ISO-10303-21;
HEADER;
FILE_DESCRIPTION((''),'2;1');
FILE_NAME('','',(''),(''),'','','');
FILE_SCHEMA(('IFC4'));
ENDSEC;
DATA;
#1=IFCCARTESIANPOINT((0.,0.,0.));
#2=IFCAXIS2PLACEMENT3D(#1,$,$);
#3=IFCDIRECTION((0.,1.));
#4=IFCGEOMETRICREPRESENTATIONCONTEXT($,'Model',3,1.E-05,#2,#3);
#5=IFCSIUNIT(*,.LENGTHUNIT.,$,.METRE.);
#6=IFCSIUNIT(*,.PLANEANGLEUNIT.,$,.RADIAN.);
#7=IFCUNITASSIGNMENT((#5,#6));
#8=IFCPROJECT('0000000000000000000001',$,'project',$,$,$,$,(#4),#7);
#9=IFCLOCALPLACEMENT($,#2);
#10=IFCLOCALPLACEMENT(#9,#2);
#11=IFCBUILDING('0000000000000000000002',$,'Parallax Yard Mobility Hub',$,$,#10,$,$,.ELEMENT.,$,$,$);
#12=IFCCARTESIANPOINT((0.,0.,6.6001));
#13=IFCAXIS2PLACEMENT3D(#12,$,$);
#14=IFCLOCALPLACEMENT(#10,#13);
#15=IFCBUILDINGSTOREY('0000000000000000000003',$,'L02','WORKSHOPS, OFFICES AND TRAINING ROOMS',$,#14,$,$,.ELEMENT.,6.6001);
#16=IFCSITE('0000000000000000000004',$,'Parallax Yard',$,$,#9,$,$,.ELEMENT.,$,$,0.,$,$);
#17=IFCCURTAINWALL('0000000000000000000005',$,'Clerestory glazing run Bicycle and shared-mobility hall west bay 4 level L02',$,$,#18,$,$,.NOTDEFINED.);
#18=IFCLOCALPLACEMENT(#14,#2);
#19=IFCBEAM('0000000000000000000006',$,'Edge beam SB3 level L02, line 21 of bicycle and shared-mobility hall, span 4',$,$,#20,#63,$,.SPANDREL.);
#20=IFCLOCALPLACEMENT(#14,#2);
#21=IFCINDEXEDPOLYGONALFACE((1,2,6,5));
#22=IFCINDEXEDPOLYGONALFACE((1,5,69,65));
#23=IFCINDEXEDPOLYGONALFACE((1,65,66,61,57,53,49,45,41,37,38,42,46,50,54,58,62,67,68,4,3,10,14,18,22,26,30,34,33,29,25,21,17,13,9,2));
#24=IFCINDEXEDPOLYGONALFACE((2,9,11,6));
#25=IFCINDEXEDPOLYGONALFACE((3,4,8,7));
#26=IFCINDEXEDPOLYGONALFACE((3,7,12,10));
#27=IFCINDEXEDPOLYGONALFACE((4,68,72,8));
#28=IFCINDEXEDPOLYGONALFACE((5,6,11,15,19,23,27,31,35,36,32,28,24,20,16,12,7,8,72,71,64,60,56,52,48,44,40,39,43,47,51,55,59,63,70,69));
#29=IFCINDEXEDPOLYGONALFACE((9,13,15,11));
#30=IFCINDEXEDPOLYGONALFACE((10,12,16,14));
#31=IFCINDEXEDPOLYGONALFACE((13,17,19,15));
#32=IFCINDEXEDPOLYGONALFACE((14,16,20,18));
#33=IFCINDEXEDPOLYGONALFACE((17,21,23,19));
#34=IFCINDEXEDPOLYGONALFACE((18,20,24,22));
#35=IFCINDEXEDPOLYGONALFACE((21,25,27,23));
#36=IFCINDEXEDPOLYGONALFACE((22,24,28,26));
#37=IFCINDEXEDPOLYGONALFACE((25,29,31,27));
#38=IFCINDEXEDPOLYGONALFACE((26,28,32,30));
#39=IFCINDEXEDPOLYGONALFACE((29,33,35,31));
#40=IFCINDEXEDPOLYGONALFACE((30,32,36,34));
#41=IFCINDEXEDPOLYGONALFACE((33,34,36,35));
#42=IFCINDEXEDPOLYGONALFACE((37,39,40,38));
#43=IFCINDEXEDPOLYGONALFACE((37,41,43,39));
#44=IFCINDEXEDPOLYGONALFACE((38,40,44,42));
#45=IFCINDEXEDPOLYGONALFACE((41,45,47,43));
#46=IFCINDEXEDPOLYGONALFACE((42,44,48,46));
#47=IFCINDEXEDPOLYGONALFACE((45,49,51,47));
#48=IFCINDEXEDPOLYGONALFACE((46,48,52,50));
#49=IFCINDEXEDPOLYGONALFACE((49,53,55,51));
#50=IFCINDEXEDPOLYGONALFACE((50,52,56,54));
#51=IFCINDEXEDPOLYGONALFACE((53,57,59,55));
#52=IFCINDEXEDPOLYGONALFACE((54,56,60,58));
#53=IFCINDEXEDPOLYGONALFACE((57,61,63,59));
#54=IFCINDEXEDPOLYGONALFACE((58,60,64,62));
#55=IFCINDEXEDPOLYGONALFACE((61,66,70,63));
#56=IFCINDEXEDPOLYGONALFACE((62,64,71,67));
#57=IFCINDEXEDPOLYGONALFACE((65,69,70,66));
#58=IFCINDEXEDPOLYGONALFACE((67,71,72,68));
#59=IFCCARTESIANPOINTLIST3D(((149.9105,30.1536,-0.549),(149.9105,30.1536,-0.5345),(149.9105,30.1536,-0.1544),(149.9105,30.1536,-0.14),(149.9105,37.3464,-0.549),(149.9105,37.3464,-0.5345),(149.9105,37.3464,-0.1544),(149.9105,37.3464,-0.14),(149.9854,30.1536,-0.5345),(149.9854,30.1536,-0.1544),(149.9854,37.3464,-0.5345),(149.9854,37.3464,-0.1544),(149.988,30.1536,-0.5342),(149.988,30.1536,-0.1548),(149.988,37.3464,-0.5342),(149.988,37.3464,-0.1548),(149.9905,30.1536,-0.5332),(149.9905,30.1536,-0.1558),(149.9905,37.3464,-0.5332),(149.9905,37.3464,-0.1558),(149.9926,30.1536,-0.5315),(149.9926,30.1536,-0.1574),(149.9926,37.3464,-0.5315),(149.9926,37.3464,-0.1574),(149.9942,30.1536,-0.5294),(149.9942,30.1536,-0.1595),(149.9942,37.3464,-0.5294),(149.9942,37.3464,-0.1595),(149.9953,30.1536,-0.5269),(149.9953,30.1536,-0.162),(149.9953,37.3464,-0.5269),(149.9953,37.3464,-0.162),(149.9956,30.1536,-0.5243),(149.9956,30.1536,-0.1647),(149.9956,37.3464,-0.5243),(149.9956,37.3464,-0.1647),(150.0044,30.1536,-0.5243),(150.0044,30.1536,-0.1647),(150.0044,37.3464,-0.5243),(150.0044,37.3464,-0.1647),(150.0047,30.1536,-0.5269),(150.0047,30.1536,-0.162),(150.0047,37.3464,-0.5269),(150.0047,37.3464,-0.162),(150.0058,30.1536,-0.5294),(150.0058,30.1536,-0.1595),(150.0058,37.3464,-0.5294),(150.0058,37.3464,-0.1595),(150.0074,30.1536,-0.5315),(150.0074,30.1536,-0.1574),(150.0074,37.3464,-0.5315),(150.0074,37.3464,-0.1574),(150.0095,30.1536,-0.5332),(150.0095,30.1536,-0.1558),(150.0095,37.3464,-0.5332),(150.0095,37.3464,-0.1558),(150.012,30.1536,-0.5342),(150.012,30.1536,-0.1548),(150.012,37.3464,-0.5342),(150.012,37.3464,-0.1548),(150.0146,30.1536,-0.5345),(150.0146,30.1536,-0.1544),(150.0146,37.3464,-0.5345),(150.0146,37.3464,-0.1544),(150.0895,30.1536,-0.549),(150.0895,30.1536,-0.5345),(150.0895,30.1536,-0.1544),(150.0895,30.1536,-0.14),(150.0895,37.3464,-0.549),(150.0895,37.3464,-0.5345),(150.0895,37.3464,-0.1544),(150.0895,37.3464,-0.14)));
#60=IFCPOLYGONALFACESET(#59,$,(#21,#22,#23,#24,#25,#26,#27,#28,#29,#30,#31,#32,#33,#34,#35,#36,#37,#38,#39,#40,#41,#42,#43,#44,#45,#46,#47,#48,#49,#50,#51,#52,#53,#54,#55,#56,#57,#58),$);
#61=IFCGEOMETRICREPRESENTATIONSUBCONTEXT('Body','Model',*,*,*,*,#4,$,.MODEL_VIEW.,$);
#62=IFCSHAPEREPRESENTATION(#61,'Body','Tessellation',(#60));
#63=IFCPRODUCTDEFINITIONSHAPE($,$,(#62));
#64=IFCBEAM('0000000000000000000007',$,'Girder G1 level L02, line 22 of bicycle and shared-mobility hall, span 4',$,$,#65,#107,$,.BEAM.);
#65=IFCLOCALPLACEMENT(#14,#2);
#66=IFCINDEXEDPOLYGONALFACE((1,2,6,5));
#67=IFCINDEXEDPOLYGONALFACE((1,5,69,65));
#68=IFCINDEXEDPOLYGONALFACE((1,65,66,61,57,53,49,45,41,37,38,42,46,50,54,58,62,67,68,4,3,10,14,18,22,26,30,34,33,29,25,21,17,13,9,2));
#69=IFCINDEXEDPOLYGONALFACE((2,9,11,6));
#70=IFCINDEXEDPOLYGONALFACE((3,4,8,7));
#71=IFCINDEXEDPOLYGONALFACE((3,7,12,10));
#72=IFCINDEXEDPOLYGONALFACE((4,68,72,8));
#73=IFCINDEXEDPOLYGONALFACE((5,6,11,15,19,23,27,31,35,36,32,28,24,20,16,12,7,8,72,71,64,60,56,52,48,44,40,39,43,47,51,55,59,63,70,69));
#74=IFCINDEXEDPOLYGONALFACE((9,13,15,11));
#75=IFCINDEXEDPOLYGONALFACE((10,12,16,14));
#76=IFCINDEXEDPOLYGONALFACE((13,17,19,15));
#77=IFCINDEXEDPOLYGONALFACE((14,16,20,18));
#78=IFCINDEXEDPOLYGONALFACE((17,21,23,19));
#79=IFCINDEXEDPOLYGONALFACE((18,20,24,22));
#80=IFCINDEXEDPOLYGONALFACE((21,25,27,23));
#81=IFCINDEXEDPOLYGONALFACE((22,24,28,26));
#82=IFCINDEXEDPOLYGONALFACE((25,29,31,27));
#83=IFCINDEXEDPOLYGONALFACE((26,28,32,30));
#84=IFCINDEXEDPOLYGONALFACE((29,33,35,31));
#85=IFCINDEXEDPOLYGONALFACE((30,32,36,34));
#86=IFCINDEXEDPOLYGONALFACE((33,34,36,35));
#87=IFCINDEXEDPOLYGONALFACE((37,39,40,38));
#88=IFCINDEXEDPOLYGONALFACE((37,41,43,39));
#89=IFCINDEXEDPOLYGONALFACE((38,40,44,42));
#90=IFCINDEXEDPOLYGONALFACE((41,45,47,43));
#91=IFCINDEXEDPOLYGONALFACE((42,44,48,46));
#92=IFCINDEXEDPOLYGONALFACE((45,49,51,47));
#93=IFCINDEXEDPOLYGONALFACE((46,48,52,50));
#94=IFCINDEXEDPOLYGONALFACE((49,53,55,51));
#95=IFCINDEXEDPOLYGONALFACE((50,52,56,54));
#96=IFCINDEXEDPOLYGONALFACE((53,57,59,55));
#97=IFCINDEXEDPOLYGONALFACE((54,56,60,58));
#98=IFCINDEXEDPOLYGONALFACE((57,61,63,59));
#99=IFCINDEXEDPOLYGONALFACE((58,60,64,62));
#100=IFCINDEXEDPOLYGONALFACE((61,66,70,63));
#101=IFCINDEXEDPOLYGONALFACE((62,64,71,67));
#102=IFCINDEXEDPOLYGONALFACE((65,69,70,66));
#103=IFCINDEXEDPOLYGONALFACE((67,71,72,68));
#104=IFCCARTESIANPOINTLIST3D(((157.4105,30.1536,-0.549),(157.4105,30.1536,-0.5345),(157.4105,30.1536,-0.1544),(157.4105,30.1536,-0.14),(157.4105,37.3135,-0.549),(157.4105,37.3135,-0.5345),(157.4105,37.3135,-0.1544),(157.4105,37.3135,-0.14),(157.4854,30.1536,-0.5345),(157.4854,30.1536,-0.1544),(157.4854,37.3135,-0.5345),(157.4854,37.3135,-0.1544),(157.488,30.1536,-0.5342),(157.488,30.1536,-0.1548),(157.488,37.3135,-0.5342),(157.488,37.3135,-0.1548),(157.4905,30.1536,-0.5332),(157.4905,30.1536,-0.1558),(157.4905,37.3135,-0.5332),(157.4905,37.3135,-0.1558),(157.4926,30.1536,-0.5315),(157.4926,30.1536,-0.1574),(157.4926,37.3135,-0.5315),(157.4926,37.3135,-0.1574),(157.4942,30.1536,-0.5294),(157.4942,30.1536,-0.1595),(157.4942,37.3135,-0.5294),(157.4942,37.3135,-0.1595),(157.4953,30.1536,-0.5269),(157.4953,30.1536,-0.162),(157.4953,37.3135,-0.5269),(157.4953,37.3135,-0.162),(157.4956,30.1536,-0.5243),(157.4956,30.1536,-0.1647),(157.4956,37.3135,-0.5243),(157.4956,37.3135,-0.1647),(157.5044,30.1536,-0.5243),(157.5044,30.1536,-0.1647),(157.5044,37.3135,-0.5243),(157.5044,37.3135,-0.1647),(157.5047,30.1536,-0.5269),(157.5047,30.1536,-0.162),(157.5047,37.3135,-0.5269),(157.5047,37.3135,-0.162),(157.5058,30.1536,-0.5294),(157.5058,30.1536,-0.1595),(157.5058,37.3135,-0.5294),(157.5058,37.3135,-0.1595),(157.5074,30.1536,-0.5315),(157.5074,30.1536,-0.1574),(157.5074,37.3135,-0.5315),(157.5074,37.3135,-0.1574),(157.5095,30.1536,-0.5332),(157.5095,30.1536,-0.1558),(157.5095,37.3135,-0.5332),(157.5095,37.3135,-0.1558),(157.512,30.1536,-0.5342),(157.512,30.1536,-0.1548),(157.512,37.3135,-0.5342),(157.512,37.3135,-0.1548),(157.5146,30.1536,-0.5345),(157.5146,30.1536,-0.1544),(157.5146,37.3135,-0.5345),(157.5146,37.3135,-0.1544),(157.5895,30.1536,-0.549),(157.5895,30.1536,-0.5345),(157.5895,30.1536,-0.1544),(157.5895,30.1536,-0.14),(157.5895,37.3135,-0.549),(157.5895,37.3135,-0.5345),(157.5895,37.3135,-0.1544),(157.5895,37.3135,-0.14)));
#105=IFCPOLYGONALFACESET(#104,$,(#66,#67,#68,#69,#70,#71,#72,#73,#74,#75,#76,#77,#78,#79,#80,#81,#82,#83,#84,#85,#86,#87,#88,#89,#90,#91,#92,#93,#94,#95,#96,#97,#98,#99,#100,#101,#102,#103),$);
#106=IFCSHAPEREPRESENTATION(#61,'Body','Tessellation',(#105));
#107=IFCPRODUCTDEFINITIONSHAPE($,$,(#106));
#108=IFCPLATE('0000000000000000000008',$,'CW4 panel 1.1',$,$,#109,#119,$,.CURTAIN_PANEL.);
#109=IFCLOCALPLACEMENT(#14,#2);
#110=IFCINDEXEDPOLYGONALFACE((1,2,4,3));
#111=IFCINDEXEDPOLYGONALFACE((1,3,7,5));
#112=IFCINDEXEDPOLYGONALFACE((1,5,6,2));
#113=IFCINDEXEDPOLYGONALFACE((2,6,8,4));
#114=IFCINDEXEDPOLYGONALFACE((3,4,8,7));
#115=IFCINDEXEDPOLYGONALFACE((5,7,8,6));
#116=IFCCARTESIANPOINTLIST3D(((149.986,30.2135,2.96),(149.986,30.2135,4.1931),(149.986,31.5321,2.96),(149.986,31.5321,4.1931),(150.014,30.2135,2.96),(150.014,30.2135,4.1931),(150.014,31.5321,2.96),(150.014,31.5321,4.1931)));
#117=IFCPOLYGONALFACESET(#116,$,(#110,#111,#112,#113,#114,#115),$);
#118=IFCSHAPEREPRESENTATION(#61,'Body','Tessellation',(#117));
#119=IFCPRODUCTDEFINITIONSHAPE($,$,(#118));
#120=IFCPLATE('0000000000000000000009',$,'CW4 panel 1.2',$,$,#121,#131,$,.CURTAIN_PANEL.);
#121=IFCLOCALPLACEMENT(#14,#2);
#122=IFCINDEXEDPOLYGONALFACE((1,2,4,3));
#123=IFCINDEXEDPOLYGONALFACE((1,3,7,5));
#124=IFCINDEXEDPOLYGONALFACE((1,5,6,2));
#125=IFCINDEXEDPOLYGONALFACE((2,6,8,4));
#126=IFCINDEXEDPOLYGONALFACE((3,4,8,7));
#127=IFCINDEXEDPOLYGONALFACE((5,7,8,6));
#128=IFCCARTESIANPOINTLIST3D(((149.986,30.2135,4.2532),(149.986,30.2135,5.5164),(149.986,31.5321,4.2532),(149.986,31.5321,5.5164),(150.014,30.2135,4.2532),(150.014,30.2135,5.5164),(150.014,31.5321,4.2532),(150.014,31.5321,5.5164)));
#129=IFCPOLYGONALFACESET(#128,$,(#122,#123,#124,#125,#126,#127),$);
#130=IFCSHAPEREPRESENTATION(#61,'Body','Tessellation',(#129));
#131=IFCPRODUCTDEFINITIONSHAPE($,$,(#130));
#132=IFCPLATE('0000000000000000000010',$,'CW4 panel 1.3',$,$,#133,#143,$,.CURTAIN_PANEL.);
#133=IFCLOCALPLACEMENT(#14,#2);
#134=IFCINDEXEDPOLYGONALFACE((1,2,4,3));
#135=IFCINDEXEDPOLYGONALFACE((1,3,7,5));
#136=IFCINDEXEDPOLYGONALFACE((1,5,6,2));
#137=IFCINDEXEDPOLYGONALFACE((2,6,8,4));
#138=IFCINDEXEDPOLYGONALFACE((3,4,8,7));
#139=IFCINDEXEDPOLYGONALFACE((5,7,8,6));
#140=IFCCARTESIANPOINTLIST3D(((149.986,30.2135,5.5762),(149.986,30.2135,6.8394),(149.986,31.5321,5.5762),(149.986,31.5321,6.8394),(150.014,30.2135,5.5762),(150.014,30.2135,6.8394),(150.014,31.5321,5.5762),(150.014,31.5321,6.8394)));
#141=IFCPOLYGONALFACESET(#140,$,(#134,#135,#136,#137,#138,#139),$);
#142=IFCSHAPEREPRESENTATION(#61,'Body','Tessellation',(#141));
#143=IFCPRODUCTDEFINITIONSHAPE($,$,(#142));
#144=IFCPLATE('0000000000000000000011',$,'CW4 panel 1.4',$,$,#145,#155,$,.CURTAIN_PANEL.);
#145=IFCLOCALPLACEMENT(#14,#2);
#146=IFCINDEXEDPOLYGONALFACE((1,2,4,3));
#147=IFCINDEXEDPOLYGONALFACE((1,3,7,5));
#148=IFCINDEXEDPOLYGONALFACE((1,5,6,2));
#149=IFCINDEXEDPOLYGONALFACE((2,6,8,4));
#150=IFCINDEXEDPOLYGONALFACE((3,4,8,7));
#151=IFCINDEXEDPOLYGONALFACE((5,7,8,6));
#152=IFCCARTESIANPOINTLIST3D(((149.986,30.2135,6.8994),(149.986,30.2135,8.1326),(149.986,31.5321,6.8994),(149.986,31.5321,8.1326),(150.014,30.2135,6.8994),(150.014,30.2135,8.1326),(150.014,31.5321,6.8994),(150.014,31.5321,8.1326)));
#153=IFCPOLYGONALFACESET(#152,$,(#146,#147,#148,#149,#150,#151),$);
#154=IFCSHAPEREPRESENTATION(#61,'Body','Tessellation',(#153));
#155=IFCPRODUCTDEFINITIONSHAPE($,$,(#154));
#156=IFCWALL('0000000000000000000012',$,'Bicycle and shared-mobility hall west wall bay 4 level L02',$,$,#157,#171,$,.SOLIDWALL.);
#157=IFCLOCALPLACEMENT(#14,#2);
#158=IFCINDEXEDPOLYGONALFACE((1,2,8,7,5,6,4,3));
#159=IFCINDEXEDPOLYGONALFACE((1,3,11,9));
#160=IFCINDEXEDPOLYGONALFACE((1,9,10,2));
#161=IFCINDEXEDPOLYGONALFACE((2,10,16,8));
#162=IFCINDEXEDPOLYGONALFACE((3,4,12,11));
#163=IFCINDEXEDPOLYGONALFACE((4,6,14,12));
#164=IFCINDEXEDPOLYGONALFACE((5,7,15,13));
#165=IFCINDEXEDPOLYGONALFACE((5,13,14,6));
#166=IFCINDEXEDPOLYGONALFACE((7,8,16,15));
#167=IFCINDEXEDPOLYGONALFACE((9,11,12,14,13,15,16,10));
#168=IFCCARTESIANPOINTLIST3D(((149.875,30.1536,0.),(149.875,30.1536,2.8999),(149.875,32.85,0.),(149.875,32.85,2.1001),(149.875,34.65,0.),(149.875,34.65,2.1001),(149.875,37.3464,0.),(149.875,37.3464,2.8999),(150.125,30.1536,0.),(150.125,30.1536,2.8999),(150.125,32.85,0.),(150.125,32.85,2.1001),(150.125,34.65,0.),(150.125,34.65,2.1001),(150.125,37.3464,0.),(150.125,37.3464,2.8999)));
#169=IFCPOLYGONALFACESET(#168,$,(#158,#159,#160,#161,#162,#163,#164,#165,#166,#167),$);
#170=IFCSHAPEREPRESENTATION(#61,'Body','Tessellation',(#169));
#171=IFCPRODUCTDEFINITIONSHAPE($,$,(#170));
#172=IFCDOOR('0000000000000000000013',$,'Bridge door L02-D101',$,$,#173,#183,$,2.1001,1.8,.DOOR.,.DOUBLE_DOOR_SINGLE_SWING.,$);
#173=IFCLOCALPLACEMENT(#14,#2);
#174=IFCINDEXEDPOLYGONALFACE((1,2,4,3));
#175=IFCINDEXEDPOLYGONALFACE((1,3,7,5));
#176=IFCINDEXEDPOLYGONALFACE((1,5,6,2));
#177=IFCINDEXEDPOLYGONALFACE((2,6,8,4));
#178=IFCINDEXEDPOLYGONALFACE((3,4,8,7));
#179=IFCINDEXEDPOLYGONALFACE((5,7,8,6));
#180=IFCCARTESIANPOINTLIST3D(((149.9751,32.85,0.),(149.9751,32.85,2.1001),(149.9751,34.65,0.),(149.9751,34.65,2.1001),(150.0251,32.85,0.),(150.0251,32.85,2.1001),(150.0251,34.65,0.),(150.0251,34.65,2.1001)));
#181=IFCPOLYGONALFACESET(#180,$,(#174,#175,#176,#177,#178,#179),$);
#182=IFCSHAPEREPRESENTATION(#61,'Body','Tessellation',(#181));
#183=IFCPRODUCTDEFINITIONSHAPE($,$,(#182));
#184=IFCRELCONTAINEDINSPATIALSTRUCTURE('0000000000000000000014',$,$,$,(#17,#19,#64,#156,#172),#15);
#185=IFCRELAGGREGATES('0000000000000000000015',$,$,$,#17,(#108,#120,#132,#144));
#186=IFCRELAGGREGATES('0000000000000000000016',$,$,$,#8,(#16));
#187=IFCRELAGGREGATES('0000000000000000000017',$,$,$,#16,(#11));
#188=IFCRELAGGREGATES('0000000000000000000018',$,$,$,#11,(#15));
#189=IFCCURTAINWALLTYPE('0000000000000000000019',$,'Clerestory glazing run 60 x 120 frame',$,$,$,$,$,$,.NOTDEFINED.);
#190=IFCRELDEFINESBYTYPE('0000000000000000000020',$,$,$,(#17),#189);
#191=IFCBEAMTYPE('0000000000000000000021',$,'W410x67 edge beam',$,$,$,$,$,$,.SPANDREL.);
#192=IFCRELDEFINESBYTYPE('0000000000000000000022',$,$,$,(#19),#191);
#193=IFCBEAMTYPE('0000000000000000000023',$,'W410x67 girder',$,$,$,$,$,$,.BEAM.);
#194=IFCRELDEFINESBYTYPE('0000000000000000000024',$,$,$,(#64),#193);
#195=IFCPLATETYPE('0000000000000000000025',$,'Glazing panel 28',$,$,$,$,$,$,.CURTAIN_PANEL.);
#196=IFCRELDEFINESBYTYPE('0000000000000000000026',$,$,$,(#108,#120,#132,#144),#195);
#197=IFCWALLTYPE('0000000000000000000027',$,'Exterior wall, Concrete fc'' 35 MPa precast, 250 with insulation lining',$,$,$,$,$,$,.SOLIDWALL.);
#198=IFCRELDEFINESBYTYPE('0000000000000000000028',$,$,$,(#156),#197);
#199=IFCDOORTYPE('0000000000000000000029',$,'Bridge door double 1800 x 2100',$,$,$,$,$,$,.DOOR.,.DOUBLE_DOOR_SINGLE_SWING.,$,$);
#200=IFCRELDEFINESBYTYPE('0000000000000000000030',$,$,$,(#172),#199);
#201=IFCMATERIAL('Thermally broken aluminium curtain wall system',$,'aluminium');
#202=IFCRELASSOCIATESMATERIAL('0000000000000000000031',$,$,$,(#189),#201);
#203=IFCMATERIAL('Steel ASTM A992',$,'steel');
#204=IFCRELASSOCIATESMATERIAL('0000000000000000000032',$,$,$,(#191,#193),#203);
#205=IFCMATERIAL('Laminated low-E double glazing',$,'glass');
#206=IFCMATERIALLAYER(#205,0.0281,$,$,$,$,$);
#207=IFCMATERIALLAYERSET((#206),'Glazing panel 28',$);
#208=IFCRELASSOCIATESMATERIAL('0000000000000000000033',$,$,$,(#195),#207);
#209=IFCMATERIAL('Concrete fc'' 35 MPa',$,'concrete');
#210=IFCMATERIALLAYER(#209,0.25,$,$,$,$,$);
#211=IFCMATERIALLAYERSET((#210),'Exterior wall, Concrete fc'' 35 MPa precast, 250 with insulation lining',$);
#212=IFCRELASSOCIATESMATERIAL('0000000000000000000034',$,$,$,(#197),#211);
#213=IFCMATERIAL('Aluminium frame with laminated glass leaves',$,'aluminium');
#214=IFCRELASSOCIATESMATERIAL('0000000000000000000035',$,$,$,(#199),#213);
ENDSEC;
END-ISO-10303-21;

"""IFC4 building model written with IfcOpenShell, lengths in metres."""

from ifc_helpers import new_model, si_unit, direction, frame, frame_2d, origin, origin_2d, place, context, subcontext, project, spatial, rectangle, i_section, extrude, material, layer, layer_set, material_profile, profile_set, type_object, element, fill, aggregate, save


model = new_model("IFC4")

# Units and contexts
model_context = context("Model", 3, precision=1e-05, world=origin(), true_north=direction((0.0, 1.0)))
body_context = subcontext(model_context, "Body", "Model", "MODEL_VIEW")
ifc_project = project(units=[si_unit("LENGTHUNIT", "METRE"), si_unit("PLANEANGLEUNIT", "RADIAN")], contexts=[model_context])

# Site, building, storey
site_placement = place(None, origin())
site = spatial("IfcSite", under=ifc_project, at=site_placement, Name="Parallax Yard", CompositionType="ELEMENT", RefElevation=0.0)
building_placement = place(site_placement, origin())
building = spatial("IfcBuilding", under=site, at=building_placement, Name="Parallax Yard Mobility Hub", CompositionType="ELEMENT")
storey_placement = place(building_placement, frame((0.0, 0.0, 6.6001)))
storey = spatial("IfcBuildingStorey", under=building, at=storey_placement, Name="L02", Description="WORKSHOPS, OFFICES AND TRAINING ROOMS", CompositionType="ELEMENT", Elevation=6.6001)

# Shared definitions
ifc_material_1 = material(Name="Steel ASTM A992", Category="steel")

# Curtain wall
ifc_material_2 = material(Name="Thermally broken aluminium curtain wall system", Category="aluminium")
curtain_wall_type_1 = type_object("IfcCurtainWallType", Name="Clerestory glazing run 60 x 120 frame", PredefinedType="NOTDEFINED", material=ifc_material_2)
curtain_wall_1_placement = place(storey_placement, origin())
curtain_wall_1 = element("IfcCurtainWall", 1, at=curtain_wall_1_placement, inside=storey, type_object=curtain_wall_type_1, Name="Clerestory glazing run Bicycle and shared-mobility hall west bay 4 level L02", PredefinedType="NOTDEFINED")

# Beams
ifc_material_profile_1 = material_profile(ifc_material_1, i_section(OverallWidth=0.179, OverallDepth=0.4089, WebThickness=0.0088, FlangeThickness=0.0144, FilletRadius=0.0103, at=origin_2d()), Name="W410x67")
ifc_profile_set_1 = profile_set([ifc_material_profile_1], Name="Steel ASTM A992")
beam_type_1 = type_object("IfcBeamType", Name="W410x67 edge beam", PredefinedType="SPANDREL", material=ifc_profile_set_1)
beam_1_placement = place(storey_placement, frame((150.0, 30.1536, -0.3445), z_axis=(0.0, 1.0, 0.0), x_axis=(-1.0, 0.0, 0.0)))
element("IfcBeam", 2, at=beam_1_placement, inside=storey, type_object=beam_type_1, Name="Edge beam SB3 level L02, line 21 of bicycle and shared-mobility hall, span 4", PredefinedType="SPANDREL", context=body_context, shape_type="SweptSolid", body=[
    extrude(i_section(OverallWidth=0.179, OverallDepth=0.4089, WebThickness=0.0088, FlangeThickness=0.0144, FilletRadius=0.0103, at=origin_2d()), origin(), (0.0, 0.0, 1.0), 7.1929),
])
ifc_material_profile_2 = material_profile(ifc_material_1, i_section(OverallWidth=0.179, OverallDepth=0.4089, WebThickness=0.0088, FlangeThickness=0.0144, FilletRadius=0.0103, at=origin_2d()), Name="W410x67")
ifc_profile_set_2 = profile_set([ifc_material_profile_2], Name="Steel ASTM A992")
beam_type_2 = type_object("IfcBeamType", Name="W410x67 girder", PredefinedType="BEAM", material=ifc_profile_set_2)
beam_2_placement = place(storey_placement, frame((157.5, 30.1536, -0.3445), z_axis=(0.0, 1.0, 0.0), x_axis=(-1.0, 0.0, 0.0)))
element("IfcBeam", 3, at=beam_2_placement, inside=storey, type_object=beam_type_2, Name="Girder G1 level L02, line 22 of bicycle and shared-mobility hall, span 4", PredefinedType="BEAM", context=body_context, shape_type="SweptSolid", body=[
    extrude(i_section(OverallWidth=0.179, OverallDepth=0.4089, WebThickness=0.0088, FlangeThickness=0.0144, FilletRadius=0.0103, at=origin_2d()), origin(), (0.0, 0.0, 1.0), 7.1599),
])

# Plates
ifc_material_3 = material(Name="Laminated low-E double glazing", Category="glass")
ifc_layer_1 = layer(ifc_material_3, 0.0281)
ifc_layer_set_1 = layer_set([ifc_layer_1], Name="Glazing panel 28")
plate_type = type_object("IfcPlateType", Name="Glazing panel 28", PredefinedType="CURTAIN_PANEL", material=ifc_layer_set_1)
plate_1_placement = place(storey_placement, frame((150.0, 30.8728, 2.96), z_axis=(0.0, 0.0, 1.0), x_axis=(0.0, 1.0, 0.0)))
plate_1 = element("IfcPlate", 4, at=plate_1_placement, type_object=plate_type, Name="CW4 panel 1.1", PredefinedType="CURTAIN_PANEL", context=body_context, shape_type="SweptSolid", body=[
    extrude(rectangle(XDim=1.3186, YDim=0.0281, at=origin_2d()), origin(), (0.0, 0.0, 1.0), 1.2332),
])
plate_2_placement = place(storey_placement, frame((150.0, 30.8728, 4.2532), z_axis=(0.0, 0.0, 1.0), x_axis=(0.0, 1.0, 0.0)))
plate_2 = element("IfcPlate", 5, at=plate_2_placement, type_object=plate_type, Name="CW4 panel 1.2", PredefinedType="CURTAIN_PANEL", context=body_context, shape_type="SweptSolid", body=[
    extrude(rectangle(XDim=1.3186, YDim=0.0281, at=origin_2d()), origin(), (0.0, 0.0, 1.0), 1.2632),
])
plate_3_placement = place(storey_placement, frame((150.0, 30.8728, 5.5762), z_axis=(0.0, 0.0, 1.0), x_axis=(0.0, 1.0, 0.0)))
plate_3 = element("IfcPlate", 6, at=plate_3_placement, type_object=plate_type, Name="CW4 panel 1.3", PredefinedType="CURTAIN_PANEL", context=body_context, shape_type="SweptSolid", body=[
    extrude(rectangle(XDim=1.3186, YDim=0.0281, at=origin_2d()), origin(), (0.0, 0.0, 1.0), 1.2632),
])
plate_4_placement = place(storey_placement, frame((150.0, 30.8728, 6.8994), z_axis=(0.0, 0.0, 1.0), x_axis=(0.0, 1.0, 0.0)))
plate_4 = element("IfcPlate", 7, at=plate_4_placement, type_object=plate_type, Name="CW4 panel 1.4", PredefinedType="CURTAIN_PANEL", context=body_context, shape_type="SweptSolid", body=[
    extrude(rectangle(XDim=1.3186, YDim=0.0281, at=origin_2d()), origin(), (0.0, 0.0, 1.0), 1.2332),
])
aggregate(curtain_wall_1, [plate_1, plate_2, plate_3, plate_4])

# Wall, opening, door
ifc_material_4 = material(Name="Concrete fc' 35 MPa", Category="concrete")
ifc_layer_2 = layer(ifc_material_4, 0.25)
ifc_layer_set_2 = layer_set([ifc_layer_2], Name="Exterior wall, Concrete fc' 35 MPa precast, 250 with insulation lining")
wall_type_1 = type_object("IfcWallType", Name="Exterior wall, Concrete fc' 35 MPa precast, 250 with insulation lining", PredefinedType="SOLIDWALL", material=ifc_layer_set_2)
wall_1_placement = place(storey_placement, frame((150.0, 30.1536, 0.0), z_axis=(0.0, 0.0, 1.0), x_axis=(0.0, 1.0, 0.0)))
wall_1 = element("IfcWall", 8, at=wall_1_placement, inside=storey, type_object=wall_type_1, Name="Bicycle and shared-mobility hall west wall bay 4 level L02", PredefinedType="SOLIDWALL", context=body_context, shape_type="SweptSolid", body=[
    extrude(rectangle(XDim=7.1929, YDim=0.25, at=frame_2d((3.5964, 0.0))), origin(), (0.0, 0.0, 1.0), 2.8999),
])
opening_1_placement = place(wall_1_placement, frame((2.6965, 0.0, 0.0)))
opening_1 = element("IfcOpeningElement", 9, at=opening_1_placement, cuts=wall_1, PredefinedType="OPENING", context=body_context, shape_type="SweptSolid", body=[
    extrude(rectangle(XDim=1.8, YDim=2.1001, at=frame_2d((0.8999, 1.05))), frame((0.0, 0.135, 0.0), z_axis=(0.0, -1.0, 0.0), x_axis=(1.0, 0.0, 0.0)), (0.0, 0.0, 1.0), 0.27),
])
ifc_material_5 = material(Name="Aluminium frame with laminated glass leaves", Category="aluminium")
door_type_1 = type_object("IfcDoorType", Name="Bridge door double 1800 x 2100", OperationType="DOUBLE_DOOR_SINGLE_SWING", PredefinedType="DOOR", material=ifc_material_5)
door_1_placement = place(opening_1_placement, origin())
door_1 = element("IfcDoor", 10, at=door_1_placement, inside=storey, type_object=door_type_1, Name="Bridge door L02-D101", OperationType="DOUBLE_DOOR_SINGLE_SWING", OverallHeight=2.1001, OverallWidth=1.8, PredefinedType="DOOR", context=body_context, shape_type="SweptSolid", body=[
    extrude(rectangle(XDim=1.8, YDim=2.1001, at=frame_2d((0.8999, 1.05))), frame((0.0, 0.0249, 0.0), z_axis=(0.0, -1.0, 0.0), x_axis=(1.0, 0.0, 0.0)), (0.0, 0.0, 1.0), 0.05),
])
fill(opening_1, door_1)

save(model, "model.ifc")
